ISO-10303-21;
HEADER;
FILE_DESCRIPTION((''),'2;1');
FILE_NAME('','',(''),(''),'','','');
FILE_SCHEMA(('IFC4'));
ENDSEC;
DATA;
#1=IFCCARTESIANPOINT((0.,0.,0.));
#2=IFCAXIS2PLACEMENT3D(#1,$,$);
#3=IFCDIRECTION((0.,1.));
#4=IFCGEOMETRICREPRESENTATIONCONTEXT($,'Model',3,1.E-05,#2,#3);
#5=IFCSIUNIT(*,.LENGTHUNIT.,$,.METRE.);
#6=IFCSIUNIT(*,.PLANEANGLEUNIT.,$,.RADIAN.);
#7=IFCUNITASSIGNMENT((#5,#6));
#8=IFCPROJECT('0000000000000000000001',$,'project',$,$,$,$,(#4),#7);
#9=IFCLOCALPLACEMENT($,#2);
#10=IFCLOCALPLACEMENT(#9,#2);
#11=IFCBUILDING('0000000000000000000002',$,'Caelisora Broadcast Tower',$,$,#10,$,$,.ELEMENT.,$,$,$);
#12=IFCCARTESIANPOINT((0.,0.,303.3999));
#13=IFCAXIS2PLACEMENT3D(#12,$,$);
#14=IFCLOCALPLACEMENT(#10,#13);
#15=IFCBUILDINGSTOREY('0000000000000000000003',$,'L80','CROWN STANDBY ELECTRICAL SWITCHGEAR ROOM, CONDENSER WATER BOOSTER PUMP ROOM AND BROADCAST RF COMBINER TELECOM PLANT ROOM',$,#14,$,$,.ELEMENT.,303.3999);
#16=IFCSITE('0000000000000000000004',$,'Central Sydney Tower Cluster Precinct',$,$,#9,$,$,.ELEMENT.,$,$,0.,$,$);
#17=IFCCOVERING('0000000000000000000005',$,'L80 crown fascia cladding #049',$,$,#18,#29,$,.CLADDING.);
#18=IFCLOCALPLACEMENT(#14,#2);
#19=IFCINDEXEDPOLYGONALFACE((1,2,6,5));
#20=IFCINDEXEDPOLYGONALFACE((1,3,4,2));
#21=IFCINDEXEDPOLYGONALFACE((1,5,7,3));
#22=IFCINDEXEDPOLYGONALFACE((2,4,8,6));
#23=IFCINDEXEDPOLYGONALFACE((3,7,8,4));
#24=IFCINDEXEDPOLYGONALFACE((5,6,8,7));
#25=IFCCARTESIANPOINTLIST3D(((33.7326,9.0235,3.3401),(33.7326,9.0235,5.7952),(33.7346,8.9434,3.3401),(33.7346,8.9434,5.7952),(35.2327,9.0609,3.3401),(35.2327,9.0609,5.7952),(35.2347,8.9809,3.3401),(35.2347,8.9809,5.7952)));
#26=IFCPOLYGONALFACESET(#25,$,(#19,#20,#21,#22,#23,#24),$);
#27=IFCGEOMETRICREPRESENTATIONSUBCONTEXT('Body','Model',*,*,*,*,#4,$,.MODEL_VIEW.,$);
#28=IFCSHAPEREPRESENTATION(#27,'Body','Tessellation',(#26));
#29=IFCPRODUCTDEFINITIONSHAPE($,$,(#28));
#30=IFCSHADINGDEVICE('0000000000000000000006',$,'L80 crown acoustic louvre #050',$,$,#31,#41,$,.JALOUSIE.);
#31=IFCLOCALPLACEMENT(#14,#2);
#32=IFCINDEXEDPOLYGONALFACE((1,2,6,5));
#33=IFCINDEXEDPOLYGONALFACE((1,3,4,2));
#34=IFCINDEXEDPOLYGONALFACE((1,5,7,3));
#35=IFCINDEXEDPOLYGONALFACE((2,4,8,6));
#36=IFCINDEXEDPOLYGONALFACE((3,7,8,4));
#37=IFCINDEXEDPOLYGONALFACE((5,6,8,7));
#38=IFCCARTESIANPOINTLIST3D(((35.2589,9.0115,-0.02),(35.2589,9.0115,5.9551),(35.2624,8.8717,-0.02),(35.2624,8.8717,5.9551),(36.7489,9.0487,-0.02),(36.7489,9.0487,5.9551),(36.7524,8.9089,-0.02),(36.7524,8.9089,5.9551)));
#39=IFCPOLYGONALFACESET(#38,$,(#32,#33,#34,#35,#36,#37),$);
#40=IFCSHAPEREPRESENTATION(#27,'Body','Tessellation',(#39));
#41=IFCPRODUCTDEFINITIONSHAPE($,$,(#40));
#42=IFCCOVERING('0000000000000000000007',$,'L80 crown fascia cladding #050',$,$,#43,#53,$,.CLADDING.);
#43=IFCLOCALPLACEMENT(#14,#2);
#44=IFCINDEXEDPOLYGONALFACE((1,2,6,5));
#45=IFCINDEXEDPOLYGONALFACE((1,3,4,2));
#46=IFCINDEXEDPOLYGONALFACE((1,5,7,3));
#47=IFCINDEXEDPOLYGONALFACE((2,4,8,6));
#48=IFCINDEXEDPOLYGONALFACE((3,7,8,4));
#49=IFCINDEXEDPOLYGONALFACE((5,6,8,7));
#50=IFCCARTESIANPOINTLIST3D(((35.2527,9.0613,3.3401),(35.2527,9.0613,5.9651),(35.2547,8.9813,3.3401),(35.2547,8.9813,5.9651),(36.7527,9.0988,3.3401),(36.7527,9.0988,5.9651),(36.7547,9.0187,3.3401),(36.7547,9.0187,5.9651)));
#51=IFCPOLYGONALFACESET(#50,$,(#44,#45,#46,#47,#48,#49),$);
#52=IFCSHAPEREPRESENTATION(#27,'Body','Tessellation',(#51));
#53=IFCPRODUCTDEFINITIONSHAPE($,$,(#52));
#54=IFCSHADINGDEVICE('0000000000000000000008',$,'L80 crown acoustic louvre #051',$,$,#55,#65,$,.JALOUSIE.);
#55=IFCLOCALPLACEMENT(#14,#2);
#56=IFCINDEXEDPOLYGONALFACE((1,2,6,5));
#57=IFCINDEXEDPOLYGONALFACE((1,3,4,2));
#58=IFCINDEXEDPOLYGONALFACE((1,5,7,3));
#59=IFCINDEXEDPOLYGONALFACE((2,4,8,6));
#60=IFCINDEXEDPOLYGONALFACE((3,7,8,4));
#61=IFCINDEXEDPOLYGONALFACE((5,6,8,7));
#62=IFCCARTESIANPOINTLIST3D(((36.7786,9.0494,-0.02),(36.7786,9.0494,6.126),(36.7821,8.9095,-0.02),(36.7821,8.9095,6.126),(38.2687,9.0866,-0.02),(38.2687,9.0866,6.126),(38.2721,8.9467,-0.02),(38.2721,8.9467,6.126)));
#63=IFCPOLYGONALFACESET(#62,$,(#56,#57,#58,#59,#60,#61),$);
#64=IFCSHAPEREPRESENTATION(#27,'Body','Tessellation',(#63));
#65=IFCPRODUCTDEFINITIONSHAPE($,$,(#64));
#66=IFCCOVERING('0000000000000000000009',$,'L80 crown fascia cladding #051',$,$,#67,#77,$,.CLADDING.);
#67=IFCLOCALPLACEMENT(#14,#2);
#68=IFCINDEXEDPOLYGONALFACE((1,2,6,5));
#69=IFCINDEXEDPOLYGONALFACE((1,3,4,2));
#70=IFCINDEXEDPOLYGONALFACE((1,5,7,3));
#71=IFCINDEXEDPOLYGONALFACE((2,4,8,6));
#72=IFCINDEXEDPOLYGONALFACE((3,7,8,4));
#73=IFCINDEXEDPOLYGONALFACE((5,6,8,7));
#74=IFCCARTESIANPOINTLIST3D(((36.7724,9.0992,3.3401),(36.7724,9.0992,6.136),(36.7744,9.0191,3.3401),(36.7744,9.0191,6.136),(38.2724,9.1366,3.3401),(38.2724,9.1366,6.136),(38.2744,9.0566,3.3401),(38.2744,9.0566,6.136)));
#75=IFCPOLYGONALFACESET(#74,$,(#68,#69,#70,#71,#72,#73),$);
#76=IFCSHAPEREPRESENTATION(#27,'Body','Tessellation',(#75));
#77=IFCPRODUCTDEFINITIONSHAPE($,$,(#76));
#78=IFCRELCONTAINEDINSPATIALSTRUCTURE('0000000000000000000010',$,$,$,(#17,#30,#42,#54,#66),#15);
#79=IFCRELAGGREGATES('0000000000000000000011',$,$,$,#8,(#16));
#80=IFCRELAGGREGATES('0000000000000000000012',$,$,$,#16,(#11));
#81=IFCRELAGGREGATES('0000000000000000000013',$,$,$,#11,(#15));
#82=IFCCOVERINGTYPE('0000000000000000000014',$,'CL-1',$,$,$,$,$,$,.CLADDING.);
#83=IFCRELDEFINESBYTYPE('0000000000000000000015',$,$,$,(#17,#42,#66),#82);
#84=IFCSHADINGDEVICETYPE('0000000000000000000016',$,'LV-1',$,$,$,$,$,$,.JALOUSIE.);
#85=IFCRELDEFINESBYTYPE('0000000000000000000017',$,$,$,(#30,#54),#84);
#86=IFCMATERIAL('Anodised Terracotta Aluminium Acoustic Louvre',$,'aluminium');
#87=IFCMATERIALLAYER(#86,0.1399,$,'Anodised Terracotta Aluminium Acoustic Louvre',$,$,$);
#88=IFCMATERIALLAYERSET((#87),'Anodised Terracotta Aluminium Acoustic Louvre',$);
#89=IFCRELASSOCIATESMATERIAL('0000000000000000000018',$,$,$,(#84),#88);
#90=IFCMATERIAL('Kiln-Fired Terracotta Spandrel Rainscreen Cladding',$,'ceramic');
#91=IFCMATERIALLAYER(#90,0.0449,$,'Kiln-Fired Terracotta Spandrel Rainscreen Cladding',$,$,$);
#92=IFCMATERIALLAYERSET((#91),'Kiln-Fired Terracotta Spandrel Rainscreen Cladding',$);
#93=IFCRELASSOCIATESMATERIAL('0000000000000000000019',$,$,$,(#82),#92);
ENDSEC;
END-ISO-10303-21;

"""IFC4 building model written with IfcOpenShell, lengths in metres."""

from ifc_helpers import new_model, si_unit, direction, frame, origin, origin_2d, place, context, subcontext, project, spatial, rectangle, extrude, source, transform, mapped, material, layer, layer_set, type_object, element, save


model = new_model("IFC4")

# Units and contexts
model_context = context("Model", 3, precision=1e-05, world=origin(), true_north=direction((0.0, 1.0)))
body_context = subcontext(model_context, "Body", "Model", "MODEL_VIEW")
ifc_project = project(units=[si_unit("LENGTHUNIT", "METRE"), si_unit("PLANEANGLEUNIT", "RADIAN")], contexts=[model_context])

# Site, building, storey
site_placement = place(None, origin())
site = spatial("IfcSite", under=ifc_project, at=site_placement, Name="Central Sydney Tower Cluster Precinct", CompositionType="ELEMENT", RefElevation=0.0)
building_placement = place(site_placement, origin())
building = spatial("IfcBuilding", under=site, at=building_placement, Name="Caelisora Broadcast Tower", CompositionType="ELEMENT")
storey_placement = place(building_placement, frame((0.0, 0.0, 303.3999)))
storey = spatial("IfcBuildingStorey", under=building, at=storey_placement, Name="L80", Description="CROWN STANDBY ELECTRICAL SWITCHGEAR ROOM, CONDENSER WATER BOOSTER PUMP ROOM AND BROADCAST RF COMBINER TELECOM PLANT ROOM", CompositionType="ELEMENT", Elevation=303.3999)

# Shared definitions
ifc_material_1 = material(Name="Anodised Terracotta Aluminium Acoustic Louvre", Category="aluminium")
ifc_layer_1 = layer(ifc_material_1, 0.1399, Name="Anodised Terracotta Aluminium Acoustic Louvre")
ifc_layer_set_1 = layer_set([ifc_layer_1], Name="Anodised Terracotta Aluminium Acoustic Louvre")
shading_device_type = type_object("IfcShadingDeviceType", Name="LV-1", PredefinedType="JALOUSIE", material=ifc_layer_set_1)

# Shared definitions
ifc_material_2 = material(Name="Kiln-Fired Terracotta Spandrel Rainscreen Cladding", Category="ceramic")
ifc_layer_2 = layer(ifc_material_2, 0.0449, Name="Kiln-Fired Terracotta Spandrel Rainscreen Cladding")
ifc_layer_set_2 = layer_set([ifc_layer_2], Name="Kiln-Fired Terracotta Spandrel Rainscreen Cladding")
covering_type = type_object("IfcCoveringType", Name="CL-1", PredefinedType="CLADDING", material=ifc_layer_set_2)

# Covering
shared_shape_1 = source(origin(), body_context, "Body", "SweptSolid", [
    extrude(rectangle(XDim=1.5005, YDim=0.0801, at=origin_2d()), origin(), (0.0, 0.0, 1.0), 2.4551),
])
covering_1_placement = place(storey_placement, frame((34.4836, 9.0022, 3.3401), z_axis=(0.0, 0.0, 1.0), x_axis=(0.999689, 0.024956, 0.0)))
element("IfcCovering", 1, at=covering_1_placement, inside=storey, type_object=covering_type, Name="L80 crown fascia cladding #049", PredefinedType="CLADDING", context=body_context, shape_type="MappedRepresentation", body=[
    mapped(shared_shape_1, transform((0.0, 0.0, 0.0), scale=1.0)),
])

# Shading device
shared_shape_2 = source(origin(), body_context, "Body", "SweptSolid", [
    extrude(rectangle(XDim=1.4905, YDim=0.1399, at=origin_2d()), origin(), (0.0, 0.0, 1.0), 5.9751),
])
shading_device_1_placement = place(storey_placement, frame((36.0056, 8.9602, -0.02), z_axis=(0.0, 0.0, 1.0), x_axis=(0.999689, 0.024956, 0.0)))
element("IfcShadingDevice", 2, at=shading_device_1_placement, inside=storey, type_object=shading_device_type, Name="L80 crown acoustic louvre #050", PredefinedType="JALOUSIE", context=body_context, shape_type="MappedRepresentation", body=[
    mapped(shared_shape_2, transform((0.0, 0.0, 0.0), scale=1.0)),
])

# Covering
shared_shape_3 = source(origin(), body_context, "Body", "SweptSolid", [
    extrude(rectangle(XDim=1.5005, YDim=0.0801, at=origin_2d()), origin(), (0.0, 0.0, 1.0), 2.625),
])
covering_2_placement = place(storey_placement, frame((36.0037, 9.04, 3.3401), z_axis=(0.0, 0.0, 1.0), x_axis=(0.999689, 0.024956, 0.0)))
element("IfcCovering", 3, at=covering_2_placement, inside=storey, type_object=covering_type, Name="L80 crown fascia cladding #050", PredefinedType="CLADDING", context=body_context, shape_type="MappedRepresentation", body=[
    mapped(shared_shape_3, transform((0.0, 0.0, 0.0), scale=1.0)),
])

# Shading device
shared_shape_4 = source(origin(), body_context, "Body", "SweptSolid", [
    extrude(rectangle(XDim=1.4905, YDim=0.1399, at=origin_2d()), origin(), (0.0, 0.0, 1.0), 6.146),
])
shading_device_2_placement = place(storey_placement, frame((37.5254, 8.998, -0.02), z_axis=(0.0, 0.0, 1.0), x_axis=(0.999689, 0.024956, 0.0)))
element("IfcShadingDevice", 4, at=shading_device_2_placement, inside=storey, type_object=shading_device_type, Name="L80 crown acoustic louvre #051", PredefinedType="JALOUSIE", context=body_context, shape_type="MappedRepresentation", body=[
    mapped(shared_shape_4, transform((0.0, 0.0, 0.0), scale=1.0)),
])

# Covering
shared_shape_5 = source(origin(), body_context, "Body", "SweptSolid", [
    extrude(rectangle(XDim=1.5005, YDim=0.0801, at=origin_2d()), origin(), (0.0, 0.0, 1.0), 2.7959),
])
covering_3_placement = place(storey_placement, frame((37.5234, 9.0779, 3.3401), z_axis=(0.0, 0.0, 1.0), x_axis=(0.999689, 0.024956, 0.0)))
element("IfcCovering", 5, at=covering_3_placement, inside=storey, type_object=covering_type, Name="L80 crown fascia cladding #051", PredefinedType="CLADDING", context=body_context, shape_type="MappedRepresentation", body=[
    mapped(shared_shape_5, transform((0.0, 0.0, 0.0), scale=1.0)),
])

save(model, "model.ifc")
